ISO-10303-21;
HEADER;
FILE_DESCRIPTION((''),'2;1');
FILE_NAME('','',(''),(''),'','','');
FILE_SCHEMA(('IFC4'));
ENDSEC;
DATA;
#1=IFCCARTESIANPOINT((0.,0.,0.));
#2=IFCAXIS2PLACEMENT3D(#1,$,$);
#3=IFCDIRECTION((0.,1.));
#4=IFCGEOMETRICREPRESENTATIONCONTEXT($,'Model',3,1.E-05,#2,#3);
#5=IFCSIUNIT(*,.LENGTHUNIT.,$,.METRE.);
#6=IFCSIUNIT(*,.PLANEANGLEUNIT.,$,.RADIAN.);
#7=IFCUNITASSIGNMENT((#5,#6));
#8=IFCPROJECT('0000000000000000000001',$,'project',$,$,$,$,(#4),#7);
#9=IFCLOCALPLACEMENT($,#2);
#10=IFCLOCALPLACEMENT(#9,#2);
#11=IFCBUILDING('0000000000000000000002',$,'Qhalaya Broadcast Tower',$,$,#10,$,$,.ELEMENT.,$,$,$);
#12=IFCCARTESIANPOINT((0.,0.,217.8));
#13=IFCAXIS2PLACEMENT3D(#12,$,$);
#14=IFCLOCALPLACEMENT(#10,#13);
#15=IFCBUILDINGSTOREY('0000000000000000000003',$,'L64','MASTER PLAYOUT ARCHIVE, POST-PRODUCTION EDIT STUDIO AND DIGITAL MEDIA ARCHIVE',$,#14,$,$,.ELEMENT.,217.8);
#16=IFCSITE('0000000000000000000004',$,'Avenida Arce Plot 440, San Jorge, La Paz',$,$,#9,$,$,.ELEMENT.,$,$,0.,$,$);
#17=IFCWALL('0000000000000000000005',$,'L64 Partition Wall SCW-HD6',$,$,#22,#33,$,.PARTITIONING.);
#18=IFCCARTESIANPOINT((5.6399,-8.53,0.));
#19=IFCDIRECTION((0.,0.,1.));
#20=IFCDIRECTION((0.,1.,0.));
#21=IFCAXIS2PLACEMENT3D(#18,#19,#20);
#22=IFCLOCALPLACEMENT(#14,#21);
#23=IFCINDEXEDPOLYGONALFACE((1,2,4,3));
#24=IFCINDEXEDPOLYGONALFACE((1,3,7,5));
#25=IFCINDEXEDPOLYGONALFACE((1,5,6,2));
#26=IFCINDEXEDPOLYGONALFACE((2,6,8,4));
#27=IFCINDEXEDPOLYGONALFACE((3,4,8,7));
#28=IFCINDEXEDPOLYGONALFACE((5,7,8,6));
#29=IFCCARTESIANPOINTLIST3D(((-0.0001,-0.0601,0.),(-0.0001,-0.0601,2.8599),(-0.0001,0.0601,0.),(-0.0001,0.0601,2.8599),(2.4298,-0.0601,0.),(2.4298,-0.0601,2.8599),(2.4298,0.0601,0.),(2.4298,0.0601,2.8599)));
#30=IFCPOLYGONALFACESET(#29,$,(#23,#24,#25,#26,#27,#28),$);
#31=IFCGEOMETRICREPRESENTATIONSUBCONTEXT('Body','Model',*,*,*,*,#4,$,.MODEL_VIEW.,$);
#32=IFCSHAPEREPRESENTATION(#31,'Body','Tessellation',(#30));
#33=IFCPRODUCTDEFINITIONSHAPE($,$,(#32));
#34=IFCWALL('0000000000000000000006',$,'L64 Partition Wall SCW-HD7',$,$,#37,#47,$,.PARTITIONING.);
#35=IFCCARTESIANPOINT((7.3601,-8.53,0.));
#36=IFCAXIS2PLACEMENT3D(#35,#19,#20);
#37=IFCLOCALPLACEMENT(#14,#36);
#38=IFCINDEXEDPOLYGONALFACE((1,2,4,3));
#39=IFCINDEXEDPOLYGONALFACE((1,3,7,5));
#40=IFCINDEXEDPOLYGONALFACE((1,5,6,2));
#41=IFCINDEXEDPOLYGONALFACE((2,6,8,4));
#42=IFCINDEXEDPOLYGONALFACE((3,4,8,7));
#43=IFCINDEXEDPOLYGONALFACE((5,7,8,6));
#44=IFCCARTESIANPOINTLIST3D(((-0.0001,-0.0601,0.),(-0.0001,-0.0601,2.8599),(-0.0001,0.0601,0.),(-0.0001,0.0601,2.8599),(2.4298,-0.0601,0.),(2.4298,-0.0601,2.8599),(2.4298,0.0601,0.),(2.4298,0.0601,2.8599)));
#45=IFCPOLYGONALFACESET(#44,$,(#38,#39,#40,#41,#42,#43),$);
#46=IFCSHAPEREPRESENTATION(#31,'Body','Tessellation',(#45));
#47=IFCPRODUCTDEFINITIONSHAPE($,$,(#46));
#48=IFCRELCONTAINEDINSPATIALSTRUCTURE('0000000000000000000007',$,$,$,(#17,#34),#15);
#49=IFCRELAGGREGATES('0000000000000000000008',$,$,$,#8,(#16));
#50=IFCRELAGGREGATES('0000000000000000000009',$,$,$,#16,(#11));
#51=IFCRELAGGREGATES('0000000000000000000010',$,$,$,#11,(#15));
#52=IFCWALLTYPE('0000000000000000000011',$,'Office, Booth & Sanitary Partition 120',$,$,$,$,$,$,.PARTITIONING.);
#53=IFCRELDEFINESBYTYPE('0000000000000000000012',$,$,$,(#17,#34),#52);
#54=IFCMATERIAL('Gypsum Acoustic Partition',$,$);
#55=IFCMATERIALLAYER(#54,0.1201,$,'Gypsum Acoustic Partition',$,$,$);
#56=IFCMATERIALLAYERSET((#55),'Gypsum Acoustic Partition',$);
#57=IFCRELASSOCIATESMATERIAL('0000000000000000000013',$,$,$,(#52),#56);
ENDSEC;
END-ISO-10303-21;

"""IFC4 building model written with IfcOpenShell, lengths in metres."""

from ifc_helpers import new_model, si_unit, direction, frame, frame_2d, origin, place, context, subcontext, project, spatial, rectangle, extrude, material, layer, layer_set, type_object, element, save


model = new_model("IFC4")

# Units and contexts
model_context = context("Model", 3, precision=1e-05, world=origin(), true_north=direction((0.0, 1.0)))
body_context = subcontext(model_context, "Body", "Model", "MODEL_VIEW")
ifc_project = project(units=[si_unit("LENGTHUNIT", "METRE"), si_unit("PLANEANGLEUNIT", "RADIAN")], contexts=[model_context])

# Site, building, storey
site_placement = place(None, origin())
site = spatial("IfcSite", under=ifc_project, at=site_placement, Name="Avenida Arce Plot 440, San Jorge, La Paz", CompositionType="ELEMENT", RefElevation=0.0)
building_placement = place(site_placement, origin())
building = spatial("IfcBuilding", under=site, at=building_placement, Name="Qhalaya Broadcast Tower", CompositionType="ELEMENT")
storey_placement = place(building_placement, frame((0.0, 0.0, 217.8)))
storey = spatial("IfcBuildingStorey", under=building, at=storey_placement, Name="L64", Description="MASTER PLAYOUT ARCHIVE, POST-PRODUCTION EDIT STUDIO AND DIGITAL MEDIA ARCHIVE", CompositionType="ELEMENT", Elevation=217.8)

# Shared definitions
ifc_material_1 = material(Name="Gypsum Acoustic Partition")

# Walls
ifc_layer_1 = layer(ifc_material_1, 0.1201, Name="Gypsum Acoustic Partition")
ifc_layer_set_1 = layer_set([ifc_layer_1], Name="Gypsum Acoustic Partition")
wall_type_1 = type_object("IfcWallType", Name="Office, Booth & Sanitary Partition 120", PredefinedType="PARTITIONING", material=ifc_layer_set_1)
for number, where, z_axis, x_axis, name in (
    (1, (5.6399, -8.53, 0.0), (0.0, 0.0, 1.0), (0.0, 1.0, 0.0), "L64 Partition Wall SCW-HD6"),
    (2, (7.3601, -8.53, 0.0), (0.0, 0.0, 1.0), (0.0, 1.0, 0.0), "L64 Partition Wall SCW-HD7"),
):
    element("IfcWall", number, at=place(storey_placement, frame(where, z_axis=z_axis, x_axis=x_axis)), inside=storey, type_object=wall_type_1, Name=name, PredefinedType="PARTITIONING", context=body_context, shape_type="SweptSolid", body=[
        extrude(rectangle(XDim=2.4299, YDim=0.1201, at=frame_2d((1.2148, 0.0))), origin(), (0.0, 0.0, 1.0), 2.8599),
    ])

save(model, "model.ifc")
